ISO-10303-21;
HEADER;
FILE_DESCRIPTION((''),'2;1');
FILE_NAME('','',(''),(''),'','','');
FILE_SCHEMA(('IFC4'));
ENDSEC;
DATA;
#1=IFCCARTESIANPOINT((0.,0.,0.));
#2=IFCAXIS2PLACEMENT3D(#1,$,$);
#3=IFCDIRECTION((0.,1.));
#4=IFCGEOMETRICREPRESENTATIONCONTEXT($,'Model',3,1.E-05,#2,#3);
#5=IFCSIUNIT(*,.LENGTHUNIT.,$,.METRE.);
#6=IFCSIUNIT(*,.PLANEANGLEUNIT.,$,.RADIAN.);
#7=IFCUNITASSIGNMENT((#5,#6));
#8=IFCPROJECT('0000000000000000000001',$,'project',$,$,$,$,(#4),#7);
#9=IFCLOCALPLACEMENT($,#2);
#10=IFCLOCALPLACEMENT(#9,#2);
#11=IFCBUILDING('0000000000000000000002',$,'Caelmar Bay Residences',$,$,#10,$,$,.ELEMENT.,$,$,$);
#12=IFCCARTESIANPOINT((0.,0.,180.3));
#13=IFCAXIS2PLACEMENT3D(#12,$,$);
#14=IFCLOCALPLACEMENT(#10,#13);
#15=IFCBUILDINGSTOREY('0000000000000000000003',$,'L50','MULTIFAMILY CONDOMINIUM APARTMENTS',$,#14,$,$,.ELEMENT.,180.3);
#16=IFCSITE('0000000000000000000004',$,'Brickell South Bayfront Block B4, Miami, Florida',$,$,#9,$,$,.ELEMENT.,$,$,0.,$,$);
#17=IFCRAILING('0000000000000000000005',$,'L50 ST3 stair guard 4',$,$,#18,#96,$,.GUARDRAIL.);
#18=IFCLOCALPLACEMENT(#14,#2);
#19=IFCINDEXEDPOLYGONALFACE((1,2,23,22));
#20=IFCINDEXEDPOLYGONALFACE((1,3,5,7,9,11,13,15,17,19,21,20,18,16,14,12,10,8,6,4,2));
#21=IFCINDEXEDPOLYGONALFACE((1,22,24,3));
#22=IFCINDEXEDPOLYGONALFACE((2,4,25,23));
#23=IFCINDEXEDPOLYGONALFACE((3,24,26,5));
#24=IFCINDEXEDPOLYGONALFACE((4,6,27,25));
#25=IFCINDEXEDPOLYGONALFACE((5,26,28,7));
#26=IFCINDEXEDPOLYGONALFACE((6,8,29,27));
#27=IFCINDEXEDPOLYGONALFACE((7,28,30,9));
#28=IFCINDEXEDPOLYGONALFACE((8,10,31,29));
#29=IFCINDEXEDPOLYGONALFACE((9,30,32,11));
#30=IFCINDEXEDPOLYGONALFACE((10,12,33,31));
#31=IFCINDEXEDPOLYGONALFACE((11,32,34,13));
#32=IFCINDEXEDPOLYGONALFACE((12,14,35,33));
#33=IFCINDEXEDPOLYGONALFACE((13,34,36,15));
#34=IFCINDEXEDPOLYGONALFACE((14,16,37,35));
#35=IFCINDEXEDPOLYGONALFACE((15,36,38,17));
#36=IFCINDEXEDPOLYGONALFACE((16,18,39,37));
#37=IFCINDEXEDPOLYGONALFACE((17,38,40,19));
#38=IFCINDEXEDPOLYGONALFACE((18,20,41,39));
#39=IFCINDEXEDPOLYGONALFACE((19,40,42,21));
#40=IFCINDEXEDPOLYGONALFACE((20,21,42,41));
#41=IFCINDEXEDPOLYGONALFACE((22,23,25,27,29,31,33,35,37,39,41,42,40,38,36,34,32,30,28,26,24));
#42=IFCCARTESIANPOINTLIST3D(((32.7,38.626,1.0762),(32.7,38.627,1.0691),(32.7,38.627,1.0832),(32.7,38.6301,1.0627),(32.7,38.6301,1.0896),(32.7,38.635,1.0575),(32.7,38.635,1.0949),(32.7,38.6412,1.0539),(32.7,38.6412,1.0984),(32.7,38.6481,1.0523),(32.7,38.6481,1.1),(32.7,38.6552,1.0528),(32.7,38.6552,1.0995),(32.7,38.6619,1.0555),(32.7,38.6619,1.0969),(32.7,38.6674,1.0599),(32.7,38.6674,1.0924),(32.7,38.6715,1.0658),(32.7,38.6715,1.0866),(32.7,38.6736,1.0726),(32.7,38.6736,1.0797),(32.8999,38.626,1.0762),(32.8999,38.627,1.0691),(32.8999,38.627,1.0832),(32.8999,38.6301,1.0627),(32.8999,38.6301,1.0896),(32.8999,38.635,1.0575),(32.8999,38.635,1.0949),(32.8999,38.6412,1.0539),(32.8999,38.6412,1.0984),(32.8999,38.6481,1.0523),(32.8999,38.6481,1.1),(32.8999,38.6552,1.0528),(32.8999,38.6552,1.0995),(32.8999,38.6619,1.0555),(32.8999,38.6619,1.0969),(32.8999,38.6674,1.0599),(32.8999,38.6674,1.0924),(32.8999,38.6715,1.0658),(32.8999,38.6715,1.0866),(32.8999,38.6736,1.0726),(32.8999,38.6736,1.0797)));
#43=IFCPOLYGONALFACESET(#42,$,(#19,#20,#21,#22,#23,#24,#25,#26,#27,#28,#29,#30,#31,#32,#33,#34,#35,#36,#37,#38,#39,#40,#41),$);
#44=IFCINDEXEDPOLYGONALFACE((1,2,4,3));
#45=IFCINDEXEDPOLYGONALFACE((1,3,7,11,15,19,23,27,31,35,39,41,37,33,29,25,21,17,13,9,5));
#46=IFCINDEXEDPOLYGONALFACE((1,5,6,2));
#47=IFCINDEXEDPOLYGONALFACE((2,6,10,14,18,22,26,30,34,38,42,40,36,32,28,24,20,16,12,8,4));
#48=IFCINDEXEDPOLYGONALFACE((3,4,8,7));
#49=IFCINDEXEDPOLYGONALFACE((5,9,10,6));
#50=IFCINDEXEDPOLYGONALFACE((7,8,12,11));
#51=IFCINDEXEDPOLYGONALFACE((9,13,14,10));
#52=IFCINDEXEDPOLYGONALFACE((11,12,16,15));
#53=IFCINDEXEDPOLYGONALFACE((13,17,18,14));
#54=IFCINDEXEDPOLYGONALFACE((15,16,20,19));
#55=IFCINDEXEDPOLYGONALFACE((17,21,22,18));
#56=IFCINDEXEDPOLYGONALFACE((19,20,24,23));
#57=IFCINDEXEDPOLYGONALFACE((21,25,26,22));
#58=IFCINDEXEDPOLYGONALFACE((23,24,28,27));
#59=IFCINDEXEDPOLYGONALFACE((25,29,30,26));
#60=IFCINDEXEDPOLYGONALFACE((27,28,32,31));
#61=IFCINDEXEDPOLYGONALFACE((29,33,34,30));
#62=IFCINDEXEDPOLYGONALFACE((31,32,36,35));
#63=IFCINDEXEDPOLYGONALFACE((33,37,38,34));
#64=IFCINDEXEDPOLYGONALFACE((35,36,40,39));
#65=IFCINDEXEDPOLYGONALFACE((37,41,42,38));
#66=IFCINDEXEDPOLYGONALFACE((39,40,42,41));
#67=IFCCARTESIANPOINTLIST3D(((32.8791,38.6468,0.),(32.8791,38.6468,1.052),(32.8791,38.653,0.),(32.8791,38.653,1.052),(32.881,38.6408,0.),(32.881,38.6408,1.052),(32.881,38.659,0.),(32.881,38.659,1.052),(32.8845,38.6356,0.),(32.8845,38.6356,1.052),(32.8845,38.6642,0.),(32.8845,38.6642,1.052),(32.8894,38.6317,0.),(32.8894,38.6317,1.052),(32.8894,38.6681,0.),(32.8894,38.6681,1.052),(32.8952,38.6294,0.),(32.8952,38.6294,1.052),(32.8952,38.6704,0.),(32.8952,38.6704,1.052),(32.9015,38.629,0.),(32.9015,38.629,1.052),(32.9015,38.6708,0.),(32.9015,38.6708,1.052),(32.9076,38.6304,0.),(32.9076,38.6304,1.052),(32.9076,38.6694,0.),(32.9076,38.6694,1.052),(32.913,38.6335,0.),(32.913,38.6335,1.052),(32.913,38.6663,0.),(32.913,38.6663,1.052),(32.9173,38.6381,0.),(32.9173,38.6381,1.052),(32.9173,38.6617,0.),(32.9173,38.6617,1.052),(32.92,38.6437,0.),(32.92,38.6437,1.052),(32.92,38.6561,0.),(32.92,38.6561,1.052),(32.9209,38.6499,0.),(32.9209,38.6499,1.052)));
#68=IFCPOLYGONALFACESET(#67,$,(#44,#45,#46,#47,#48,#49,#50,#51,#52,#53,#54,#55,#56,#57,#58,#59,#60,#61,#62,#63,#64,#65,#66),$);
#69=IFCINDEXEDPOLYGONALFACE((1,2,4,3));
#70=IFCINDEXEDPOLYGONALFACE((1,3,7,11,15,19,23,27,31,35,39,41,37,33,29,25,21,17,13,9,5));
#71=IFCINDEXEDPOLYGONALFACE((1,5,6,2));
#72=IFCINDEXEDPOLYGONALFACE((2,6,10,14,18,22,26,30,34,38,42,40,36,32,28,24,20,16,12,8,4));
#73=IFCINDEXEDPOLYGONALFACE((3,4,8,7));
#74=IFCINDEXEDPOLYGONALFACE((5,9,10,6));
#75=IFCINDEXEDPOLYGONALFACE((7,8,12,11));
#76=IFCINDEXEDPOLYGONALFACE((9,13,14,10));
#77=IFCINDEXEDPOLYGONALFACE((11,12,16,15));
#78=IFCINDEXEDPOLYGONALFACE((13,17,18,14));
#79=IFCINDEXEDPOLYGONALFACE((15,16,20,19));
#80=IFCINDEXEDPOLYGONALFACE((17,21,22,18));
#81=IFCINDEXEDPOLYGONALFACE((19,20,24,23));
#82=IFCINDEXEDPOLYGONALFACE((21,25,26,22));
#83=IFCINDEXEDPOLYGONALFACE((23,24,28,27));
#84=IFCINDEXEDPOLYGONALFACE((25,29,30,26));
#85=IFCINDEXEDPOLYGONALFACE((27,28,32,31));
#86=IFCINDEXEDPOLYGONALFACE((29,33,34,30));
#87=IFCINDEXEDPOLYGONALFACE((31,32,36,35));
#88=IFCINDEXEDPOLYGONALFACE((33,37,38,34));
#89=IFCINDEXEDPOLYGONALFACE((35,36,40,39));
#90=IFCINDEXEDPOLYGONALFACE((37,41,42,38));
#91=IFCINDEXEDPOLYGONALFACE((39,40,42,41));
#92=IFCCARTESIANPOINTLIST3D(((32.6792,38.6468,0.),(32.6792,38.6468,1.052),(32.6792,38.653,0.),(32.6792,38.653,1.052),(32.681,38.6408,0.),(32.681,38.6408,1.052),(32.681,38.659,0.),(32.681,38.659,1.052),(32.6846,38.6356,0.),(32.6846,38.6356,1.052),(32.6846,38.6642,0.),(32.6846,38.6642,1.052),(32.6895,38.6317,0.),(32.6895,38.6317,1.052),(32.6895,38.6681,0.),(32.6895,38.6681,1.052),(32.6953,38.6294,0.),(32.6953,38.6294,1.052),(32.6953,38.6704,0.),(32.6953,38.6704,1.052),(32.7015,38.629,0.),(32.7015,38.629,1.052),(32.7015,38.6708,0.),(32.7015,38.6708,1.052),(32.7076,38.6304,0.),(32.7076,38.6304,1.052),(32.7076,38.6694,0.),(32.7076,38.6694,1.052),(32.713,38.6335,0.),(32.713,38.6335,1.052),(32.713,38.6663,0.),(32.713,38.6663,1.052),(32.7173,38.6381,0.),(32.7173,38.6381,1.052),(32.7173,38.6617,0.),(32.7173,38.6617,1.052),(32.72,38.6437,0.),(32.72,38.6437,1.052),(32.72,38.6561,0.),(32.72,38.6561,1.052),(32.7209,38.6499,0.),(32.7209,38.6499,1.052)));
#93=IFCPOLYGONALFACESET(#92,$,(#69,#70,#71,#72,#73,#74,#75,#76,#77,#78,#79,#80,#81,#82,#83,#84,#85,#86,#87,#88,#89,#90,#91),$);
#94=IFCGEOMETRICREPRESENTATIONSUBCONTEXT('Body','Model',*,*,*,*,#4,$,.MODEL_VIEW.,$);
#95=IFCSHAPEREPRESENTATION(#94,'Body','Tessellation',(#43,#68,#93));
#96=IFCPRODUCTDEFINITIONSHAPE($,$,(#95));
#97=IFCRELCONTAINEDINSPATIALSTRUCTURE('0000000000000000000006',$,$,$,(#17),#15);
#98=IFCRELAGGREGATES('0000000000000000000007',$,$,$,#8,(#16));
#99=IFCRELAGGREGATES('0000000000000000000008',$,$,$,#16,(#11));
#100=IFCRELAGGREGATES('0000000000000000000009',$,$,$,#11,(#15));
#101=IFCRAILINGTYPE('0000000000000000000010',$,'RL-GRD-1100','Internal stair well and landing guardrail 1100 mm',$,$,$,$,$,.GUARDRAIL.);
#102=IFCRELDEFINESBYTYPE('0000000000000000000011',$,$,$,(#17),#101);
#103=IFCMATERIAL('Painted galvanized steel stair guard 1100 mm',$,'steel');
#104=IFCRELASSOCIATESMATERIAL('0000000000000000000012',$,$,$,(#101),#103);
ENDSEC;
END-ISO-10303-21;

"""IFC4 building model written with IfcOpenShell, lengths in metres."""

from ifc_helpers import new_model, si_unit, direction, frame, origin, origin_2d, place, context, subcontext, project, spatial, circle, extrude, material, type_object, element, save


model = new_model("IFC4")

# Units and contexts
model_context = context("Model", 3, precision=1e-05, world=origin(), true_north=direction((0.0, 1.0)))
body_context = subcontext(model_context, "Body", "Model", "MODEL_VIEW")
ifc_project = project(units=[si_unit("LENGTHUNIT", "METRE"), si_unit("PLANEANGLEUNIT", "RADIAN")], contexts=[model_context])

# Site, building, storey
site_placement = place(None, origin())
site = spatial("IfcSite", under=ifc_project, at=site_placement, Name="Brickell South Bayfront Block B4, Miami, Florida", CompositionType="ELEMENT", RefElevation=0.0)
building_placement = place(site_placement, origin())
building = spatial("IfcBuilding", under=site, at=building_placement, Name="Caelmar Bay Residences", CompositionType="ELEMENT")
storey_placement = place(building_placement, frame((0.0, 0.0, 180.3)))
storey = spatial("IfcBuildingStorey", under=building, at=storey_placement, Name="L50", Description="MULTIFAMILY CONDOMINIUM APARTMENTS", CompositionType="ELEMENT", Elevation=180.3)

# Railing
ifc_material_1 = material(Name="Painted galvanized steel stair guard 1100 mm", Category="steel")
railing_type_1 = type_object("IfcRailingType", Name="RL-GRD-1100", Description="Internal stair well and landing guardrail 1100 mm", PredefinedType="GUARDRAIL", material=ifc_material_1)
railing_1_placement = place(storey_placement, frame((32.8999, 38.6499, 0.0)))
element("IfcRailing", 1, at=railing_1_placement, inside=storey, type_object=railing_type_1, Name="L50 ST3 stair guard 4", PredefinedType="GUARDRAIL", context=body_context, shape_type="SweptSolid", body=[
    extrude(circle(Radius=0.0239, at=origin_2d()), frame((0.0, 0.0, 1.0762), z_axis=(-1.0, 0.0, 0.0), x_axis=(0.0, -1.0, 0.0)), (0.0, 0.0, 1.0), 0.2),
    extrude(circle(Radius=0.021, at=origin_2d()), origin(), (0.0, 0.0, 1.0), 1.052),
    extrude(circle(Radius=0.021, at=origin_2d()), frame((-0.2, 0.0, 0.0)), (0.0, 0.0, 1.0), 1.052),
])

save(model, "model.ifc")
